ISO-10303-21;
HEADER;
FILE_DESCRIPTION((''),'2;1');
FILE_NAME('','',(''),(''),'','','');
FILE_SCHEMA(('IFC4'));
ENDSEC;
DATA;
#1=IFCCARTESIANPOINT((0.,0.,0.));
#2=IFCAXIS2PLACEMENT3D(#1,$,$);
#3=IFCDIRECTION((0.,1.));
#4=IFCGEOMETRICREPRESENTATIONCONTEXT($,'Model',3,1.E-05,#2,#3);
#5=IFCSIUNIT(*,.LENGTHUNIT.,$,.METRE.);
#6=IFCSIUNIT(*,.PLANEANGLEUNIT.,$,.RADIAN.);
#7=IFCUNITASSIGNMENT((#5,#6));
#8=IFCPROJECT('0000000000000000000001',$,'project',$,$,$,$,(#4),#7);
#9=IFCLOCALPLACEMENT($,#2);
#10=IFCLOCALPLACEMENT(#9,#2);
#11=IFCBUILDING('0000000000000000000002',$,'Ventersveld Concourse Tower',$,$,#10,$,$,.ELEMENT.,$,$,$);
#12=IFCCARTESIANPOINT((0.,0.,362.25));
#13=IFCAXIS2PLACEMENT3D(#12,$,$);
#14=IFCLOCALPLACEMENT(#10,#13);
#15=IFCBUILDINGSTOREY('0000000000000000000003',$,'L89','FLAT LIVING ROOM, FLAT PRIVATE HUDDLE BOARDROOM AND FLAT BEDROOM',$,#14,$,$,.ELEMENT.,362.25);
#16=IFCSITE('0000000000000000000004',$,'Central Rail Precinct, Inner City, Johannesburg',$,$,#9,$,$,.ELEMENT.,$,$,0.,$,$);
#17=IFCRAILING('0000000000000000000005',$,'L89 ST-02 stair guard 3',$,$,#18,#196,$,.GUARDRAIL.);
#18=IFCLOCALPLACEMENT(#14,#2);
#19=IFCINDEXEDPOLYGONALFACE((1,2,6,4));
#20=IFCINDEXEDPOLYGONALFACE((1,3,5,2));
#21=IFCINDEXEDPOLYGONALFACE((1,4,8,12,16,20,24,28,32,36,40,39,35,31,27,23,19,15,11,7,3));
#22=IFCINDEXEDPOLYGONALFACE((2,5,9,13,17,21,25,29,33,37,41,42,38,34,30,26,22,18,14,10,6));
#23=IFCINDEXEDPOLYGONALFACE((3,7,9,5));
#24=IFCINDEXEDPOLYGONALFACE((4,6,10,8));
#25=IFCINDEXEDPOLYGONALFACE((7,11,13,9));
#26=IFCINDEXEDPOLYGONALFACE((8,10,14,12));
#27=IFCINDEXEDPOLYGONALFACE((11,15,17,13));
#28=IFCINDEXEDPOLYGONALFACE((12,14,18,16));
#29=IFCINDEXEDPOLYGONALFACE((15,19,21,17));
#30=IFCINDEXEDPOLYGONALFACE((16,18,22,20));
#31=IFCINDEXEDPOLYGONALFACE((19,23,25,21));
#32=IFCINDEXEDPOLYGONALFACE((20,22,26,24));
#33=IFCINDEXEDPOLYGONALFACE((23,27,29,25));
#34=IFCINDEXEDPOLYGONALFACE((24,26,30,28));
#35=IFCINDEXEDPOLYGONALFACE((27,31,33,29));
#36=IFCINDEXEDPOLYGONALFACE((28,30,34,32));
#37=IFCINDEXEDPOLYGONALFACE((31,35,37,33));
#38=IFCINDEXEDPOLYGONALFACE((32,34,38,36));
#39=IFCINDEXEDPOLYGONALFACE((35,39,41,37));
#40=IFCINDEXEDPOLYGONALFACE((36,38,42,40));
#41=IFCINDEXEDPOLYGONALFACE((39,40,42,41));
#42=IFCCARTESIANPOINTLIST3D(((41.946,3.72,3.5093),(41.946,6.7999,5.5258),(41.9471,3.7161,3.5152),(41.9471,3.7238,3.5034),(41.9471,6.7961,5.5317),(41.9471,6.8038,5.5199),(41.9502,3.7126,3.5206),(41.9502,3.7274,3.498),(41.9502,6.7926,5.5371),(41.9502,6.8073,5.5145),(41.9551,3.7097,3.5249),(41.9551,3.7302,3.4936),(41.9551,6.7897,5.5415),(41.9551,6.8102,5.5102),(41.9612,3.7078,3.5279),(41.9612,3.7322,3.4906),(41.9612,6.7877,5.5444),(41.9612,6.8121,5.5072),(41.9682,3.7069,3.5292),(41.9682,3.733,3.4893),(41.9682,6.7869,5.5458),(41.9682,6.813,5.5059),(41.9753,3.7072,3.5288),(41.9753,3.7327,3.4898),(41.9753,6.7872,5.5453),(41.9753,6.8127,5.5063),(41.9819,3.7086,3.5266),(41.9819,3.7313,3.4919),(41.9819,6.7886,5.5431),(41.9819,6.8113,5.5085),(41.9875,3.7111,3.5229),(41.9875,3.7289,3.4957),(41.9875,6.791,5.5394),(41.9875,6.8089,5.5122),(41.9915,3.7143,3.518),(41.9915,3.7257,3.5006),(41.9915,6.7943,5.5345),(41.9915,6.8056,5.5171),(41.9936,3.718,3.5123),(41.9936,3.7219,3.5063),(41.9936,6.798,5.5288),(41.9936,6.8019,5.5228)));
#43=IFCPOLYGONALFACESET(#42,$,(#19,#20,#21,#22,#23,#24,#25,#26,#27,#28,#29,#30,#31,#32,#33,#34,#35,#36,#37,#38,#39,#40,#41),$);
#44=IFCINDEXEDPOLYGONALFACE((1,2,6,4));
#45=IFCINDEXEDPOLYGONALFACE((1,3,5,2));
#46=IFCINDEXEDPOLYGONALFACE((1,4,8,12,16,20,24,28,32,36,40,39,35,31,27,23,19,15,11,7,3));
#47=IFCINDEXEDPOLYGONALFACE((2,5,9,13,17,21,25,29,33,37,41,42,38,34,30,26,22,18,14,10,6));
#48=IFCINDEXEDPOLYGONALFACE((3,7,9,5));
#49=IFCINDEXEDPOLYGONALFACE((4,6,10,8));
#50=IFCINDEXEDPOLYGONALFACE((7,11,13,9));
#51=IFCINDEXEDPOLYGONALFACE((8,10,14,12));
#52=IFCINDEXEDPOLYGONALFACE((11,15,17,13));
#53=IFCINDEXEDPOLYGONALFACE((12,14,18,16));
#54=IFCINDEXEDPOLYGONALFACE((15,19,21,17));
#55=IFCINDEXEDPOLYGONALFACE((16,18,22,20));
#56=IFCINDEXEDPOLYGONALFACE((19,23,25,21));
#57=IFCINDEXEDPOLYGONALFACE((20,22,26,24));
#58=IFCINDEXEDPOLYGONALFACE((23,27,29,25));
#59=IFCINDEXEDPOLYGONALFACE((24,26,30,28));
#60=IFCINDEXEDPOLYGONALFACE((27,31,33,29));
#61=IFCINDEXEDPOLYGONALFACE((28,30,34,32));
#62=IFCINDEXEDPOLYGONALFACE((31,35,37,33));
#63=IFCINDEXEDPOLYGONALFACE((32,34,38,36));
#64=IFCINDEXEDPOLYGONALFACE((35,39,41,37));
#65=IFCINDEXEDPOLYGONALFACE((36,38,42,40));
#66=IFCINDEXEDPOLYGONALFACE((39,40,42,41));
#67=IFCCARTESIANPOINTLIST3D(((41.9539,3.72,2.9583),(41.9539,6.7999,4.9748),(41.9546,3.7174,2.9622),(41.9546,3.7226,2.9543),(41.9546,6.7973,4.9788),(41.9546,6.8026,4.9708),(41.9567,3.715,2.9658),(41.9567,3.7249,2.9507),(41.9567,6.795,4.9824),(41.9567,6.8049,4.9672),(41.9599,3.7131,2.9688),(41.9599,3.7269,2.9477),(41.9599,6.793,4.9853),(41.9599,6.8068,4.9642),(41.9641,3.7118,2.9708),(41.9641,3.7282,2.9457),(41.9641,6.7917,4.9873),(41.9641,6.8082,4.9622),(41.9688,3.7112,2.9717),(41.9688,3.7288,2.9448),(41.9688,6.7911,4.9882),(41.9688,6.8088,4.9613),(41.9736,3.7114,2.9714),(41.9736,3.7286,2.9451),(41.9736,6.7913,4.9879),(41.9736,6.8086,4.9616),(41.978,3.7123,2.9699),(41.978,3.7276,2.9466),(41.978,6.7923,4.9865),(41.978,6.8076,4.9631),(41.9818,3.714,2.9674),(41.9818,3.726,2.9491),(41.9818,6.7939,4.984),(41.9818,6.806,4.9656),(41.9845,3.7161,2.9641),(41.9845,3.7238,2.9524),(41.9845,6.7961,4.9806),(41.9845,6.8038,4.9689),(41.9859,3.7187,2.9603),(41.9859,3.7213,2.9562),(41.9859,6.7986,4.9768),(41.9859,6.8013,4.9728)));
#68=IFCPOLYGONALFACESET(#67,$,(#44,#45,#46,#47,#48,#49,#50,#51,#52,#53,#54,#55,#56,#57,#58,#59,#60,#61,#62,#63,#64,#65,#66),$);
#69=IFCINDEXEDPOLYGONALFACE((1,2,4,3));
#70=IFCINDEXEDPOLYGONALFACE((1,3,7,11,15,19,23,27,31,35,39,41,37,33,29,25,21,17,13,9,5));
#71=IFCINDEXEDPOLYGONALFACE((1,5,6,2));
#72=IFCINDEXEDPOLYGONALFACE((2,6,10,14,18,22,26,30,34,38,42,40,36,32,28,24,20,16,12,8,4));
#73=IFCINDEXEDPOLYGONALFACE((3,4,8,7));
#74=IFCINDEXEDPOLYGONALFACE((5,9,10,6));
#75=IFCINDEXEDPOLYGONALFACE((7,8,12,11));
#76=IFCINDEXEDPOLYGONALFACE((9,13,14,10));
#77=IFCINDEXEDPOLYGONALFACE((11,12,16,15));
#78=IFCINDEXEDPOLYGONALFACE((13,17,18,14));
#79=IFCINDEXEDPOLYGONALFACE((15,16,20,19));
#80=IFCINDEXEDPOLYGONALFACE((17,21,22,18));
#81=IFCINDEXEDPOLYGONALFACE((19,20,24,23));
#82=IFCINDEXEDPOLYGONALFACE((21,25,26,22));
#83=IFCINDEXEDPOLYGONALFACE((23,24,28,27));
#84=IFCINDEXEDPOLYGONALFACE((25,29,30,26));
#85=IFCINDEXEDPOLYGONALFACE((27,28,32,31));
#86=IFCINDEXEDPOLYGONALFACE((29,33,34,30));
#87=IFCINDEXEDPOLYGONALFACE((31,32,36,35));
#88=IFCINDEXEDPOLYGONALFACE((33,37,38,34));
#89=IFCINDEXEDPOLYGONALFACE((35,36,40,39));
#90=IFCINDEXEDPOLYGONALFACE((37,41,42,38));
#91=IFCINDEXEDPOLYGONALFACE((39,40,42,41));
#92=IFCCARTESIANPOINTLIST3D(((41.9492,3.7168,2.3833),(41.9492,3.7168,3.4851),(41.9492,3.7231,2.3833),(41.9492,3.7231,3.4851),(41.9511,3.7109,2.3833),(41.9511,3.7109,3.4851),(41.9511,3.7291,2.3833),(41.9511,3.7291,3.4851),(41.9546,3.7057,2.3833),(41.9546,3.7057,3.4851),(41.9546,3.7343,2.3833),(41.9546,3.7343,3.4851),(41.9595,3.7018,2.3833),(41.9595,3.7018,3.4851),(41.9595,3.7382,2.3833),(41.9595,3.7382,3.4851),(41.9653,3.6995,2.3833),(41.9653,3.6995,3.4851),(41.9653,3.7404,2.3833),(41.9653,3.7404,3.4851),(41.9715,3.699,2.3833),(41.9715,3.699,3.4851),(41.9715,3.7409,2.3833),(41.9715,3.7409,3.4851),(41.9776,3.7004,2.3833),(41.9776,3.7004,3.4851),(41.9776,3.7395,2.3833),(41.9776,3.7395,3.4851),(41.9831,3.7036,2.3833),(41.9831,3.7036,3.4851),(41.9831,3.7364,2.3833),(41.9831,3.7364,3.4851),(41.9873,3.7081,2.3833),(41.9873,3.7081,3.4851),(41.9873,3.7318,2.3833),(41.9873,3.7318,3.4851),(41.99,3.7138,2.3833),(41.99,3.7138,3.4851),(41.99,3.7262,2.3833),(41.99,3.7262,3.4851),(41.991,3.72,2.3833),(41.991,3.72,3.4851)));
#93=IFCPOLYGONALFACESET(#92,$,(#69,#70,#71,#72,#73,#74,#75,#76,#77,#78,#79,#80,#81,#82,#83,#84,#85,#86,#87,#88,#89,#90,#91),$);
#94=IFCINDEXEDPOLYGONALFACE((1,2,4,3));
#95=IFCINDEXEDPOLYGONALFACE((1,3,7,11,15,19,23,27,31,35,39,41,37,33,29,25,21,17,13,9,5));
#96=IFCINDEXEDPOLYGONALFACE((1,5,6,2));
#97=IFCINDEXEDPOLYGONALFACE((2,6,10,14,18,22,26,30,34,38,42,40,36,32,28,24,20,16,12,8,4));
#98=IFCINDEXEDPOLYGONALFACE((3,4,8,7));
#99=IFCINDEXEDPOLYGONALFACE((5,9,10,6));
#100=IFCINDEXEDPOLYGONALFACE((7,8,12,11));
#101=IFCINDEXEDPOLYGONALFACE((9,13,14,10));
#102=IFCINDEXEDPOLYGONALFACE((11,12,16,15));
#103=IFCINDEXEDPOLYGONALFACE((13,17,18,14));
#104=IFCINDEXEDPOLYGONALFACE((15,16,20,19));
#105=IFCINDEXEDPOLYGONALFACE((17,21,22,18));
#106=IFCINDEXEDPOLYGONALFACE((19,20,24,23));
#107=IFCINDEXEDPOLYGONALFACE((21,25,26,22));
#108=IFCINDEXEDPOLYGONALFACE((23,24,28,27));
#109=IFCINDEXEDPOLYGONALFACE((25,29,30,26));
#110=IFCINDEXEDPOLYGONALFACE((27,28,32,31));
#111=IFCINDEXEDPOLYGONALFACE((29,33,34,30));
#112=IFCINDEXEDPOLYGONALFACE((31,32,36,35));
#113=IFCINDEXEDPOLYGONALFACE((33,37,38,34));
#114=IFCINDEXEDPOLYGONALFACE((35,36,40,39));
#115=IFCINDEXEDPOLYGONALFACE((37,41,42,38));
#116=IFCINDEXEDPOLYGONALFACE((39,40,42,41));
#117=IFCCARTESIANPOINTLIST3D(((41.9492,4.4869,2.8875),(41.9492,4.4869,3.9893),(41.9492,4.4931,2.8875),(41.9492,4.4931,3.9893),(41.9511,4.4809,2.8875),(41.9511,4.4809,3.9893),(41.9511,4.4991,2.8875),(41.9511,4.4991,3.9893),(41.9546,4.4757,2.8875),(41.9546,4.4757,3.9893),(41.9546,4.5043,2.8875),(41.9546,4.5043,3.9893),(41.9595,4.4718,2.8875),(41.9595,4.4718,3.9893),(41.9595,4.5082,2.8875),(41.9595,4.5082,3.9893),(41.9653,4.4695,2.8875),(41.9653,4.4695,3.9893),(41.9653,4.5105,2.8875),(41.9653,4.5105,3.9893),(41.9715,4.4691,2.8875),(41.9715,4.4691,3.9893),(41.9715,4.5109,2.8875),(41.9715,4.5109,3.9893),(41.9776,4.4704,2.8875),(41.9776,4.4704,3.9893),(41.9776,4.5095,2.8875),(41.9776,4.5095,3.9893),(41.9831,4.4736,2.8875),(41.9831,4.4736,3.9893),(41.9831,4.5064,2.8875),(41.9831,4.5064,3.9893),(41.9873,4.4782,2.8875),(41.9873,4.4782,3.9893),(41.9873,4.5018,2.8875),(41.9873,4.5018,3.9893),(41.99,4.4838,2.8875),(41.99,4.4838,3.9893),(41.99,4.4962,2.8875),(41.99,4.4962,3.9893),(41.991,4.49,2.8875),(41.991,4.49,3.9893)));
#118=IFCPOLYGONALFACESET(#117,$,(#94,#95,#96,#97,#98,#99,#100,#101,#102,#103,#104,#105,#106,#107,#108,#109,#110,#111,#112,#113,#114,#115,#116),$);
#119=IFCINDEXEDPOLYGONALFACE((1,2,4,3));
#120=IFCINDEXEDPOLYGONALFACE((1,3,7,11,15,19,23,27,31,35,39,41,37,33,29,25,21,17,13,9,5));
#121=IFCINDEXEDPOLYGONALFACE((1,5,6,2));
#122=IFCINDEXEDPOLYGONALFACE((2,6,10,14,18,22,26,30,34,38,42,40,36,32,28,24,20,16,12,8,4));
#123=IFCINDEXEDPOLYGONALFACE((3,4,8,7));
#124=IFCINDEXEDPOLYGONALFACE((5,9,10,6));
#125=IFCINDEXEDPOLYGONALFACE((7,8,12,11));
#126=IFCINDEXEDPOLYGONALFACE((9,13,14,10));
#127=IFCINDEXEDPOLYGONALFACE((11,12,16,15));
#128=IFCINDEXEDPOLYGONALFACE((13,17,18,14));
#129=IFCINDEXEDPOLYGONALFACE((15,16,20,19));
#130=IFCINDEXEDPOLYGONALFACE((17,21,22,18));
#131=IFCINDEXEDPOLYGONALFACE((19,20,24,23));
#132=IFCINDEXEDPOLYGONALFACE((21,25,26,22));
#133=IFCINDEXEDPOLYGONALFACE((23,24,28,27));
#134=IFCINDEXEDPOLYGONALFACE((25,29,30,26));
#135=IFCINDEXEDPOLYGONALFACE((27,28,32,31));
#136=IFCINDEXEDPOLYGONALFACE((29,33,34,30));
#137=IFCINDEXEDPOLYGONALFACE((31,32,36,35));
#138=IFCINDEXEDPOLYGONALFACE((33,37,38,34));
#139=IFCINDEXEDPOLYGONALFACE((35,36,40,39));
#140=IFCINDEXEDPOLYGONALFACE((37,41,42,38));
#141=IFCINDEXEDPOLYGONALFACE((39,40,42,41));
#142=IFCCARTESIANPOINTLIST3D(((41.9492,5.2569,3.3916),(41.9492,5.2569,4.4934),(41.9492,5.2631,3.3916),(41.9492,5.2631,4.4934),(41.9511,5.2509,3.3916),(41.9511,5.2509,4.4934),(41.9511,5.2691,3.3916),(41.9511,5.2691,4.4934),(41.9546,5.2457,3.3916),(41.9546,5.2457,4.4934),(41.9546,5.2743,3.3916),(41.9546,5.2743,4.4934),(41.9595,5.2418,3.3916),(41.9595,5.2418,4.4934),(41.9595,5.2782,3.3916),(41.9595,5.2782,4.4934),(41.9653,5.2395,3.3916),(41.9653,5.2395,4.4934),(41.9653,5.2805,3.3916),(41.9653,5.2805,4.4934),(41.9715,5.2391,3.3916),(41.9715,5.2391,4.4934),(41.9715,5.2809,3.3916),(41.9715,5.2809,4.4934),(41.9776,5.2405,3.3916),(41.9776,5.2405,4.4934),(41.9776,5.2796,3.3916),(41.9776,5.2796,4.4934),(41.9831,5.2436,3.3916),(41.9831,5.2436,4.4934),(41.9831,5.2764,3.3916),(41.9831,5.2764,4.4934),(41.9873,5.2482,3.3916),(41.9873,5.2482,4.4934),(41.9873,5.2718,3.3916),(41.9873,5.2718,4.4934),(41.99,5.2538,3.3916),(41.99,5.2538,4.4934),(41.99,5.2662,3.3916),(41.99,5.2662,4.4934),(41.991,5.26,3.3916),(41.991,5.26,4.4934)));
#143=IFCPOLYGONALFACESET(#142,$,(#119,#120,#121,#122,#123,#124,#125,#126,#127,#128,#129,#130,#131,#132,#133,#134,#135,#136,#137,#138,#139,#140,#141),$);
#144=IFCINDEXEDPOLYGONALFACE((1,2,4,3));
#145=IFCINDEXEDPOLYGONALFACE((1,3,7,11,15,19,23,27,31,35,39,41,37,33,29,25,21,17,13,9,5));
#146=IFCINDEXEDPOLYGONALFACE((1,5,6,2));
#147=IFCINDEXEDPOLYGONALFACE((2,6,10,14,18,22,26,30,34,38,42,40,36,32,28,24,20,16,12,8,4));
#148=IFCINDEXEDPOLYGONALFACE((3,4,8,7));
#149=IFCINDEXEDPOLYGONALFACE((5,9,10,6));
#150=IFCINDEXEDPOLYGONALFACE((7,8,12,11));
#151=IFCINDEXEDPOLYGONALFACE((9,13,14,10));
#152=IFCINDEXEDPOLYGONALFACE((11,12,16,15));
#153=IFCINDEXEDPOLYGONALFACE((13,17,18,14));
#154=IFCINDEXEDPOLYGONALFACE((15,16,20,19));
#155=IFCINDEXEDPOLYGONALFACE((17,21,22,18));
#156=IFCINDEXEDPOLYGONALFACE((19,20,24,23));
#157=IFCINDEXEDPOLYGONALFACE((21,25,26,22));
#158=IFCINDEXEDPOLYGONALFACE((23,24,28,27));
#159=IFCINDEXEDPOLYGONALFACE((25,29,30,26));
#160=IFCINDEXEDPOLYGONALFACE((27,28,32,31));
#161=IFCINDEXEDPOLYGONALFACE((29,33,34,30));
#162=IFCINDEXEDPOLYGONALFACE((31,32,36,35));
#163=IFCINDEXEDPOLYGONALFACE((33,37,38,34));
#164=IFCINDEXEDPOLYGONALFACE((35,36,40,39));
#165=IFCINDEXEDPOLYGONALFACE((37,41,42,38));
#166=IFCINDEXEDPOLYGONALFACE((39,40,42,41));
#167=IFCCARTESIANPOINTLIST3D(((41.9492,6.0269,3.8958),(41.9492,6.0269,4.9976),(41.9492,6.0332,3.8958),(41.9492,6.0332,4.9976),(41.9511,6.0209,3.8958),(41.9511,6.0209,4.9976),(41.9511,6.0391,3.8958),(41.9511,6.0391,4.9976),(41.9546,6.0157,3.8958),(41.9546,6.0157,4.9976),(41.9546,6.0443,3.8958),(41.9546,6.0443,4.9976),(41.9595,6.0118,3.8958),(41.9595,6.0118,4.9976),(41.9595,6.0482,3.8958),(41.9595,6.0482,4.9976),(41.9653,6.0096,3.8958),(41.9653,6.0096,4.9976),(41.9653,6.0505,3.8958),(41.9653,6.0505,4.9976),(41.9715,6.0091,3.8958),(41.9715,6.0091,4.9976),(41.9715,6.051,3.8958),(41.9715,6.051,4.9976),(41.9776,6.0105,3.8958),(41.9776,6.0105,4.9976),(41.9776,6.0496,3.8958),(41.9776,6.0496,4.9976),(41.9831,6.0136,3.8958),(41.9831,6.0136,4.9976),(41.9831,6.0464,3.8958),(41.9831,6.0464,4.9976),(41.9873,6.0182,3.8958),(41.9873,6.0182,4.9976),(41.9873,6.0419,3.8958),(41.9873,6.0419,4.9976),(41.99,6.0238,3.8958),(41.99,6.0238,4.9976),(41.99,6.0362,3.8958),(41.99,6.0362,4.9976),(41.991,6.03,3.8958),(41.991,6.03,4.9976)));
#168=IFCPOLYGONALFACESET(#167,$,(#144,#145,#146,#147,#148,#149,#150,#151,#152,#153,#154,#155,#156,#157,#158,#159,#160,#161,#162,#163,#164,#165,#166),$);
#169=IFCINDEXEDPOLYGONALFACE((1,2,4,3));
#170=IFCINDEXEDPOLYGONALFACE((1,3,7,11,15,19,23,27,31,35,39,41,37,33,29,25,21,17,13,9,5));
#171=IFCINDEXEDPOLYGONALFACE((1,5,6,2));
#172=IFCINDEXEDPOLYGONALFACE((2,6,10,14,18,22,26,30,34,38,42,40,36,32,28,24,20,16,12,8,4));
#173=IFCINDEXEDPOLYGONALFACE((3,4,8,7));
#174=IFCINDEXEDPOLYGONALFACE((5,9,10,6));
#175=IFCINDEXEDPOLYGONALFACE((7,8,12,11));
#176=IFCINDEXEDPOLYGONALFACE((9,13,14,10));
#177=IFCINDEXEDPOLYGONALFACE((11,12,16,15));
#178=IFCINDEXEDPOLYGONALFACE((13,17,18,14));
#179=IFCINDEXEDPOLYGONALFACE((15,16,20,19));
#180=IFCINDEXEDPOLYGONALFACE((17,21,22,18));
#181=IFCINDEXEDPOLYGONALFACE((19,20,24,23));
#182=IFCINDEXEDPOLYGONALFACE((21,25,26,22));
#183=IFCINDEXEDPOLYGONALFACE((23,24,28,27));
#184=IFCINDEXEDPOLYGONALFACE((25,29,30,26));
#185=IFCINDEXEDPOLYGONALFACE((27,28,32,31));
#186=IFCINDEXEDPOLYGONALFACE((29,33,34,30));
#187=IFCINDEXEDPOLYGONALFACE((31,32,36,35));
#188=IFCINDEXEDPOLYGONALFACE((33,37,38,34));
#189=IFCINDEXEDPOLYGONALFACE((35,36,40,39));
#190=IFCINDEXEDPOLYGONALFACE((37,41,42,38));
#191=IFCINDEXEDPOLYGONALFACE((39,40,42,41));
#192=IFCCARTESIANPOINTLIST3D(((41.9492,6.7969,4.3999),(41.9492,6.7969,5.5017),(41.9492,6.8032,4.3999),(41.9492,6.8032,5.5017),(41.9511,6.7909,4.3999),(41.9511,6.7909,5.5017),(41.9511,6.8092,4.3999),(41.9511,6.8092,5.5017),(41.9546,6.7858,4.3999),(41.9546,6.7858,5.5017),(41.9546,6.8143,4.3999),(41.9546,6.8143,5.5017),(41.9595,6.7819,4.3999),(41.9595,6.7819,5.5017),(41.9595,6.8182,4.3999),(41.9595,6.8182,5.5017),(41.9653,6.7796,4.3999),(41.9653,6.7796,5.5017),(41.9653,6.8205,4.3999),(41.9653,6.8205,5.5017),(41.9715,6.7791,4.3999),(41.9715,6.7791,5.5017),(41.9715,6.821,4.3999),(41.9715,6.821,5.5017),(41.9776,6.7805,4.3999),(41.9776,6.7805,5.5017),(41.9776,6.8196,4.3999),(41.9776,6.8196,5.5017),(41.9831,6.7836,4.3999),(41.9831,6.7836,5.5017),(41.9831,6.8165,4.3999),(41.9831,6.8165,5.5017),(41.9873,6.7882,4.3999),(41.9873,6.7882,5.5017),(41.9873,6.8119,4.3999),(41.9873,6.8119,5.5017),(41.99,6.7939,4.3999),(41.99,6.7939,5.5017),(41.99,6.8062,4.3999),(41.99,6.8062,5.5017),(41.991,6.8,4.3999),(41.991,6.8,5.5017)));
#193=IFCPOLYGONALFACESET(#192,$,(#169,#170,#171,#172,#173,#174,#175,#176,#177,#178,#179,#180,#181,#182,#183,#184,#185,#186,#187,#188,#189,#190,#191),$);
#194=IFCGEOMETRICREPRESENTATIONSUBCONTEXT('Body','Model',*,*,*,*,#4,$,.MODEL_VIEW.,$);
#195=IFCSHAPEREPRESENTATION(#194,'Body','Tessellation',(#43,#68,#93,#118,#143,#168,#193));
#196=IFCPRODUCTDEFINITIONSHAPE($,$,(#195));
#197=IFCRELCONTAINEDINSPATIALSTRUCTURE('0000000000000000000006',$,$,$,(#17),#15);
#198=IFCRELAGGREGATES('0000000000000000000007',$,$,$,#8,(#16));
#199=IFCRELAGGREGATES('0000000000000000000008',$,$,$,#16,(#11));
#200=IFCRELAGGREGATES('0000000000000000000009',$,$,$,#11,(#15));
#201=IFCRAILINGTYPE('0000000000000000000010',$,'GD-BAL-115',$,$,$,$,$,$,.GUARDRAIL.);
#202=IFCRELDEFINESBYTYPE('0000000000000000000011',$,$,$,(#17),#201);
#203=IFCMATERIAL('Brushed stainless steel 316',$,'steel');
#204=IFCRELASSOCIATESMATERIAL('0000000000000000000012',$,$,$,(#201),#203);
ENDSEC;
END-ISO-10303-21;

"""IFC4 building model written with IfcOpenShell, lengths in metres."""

from ifc_helpers import new_model, si_unit, direction, frame, origin, origin_2d, place, context, subcontext, project, spatial, circle, extrude, material, type_object, element, save


model = new_model("IFC4")

# Units and contexts
model_context = context("Model", 3, precision=1e-05, world=origin(), true_north=direction((0.0, 1.0)))
body_context = subcontext(model_context, "Body", "Model", "MODEL_VIEW")
ifc_project = project(units=[si_unit("LENGTHUNIT", "METRE"), si_unit("PLANEANGLEUNIT", "RADIAN")], contexts=[model_context])

# Site, building, storey
site_placement = place(None, origin())
site = spatial("IfcSite", under=ifc_project, at=site_placement, Name="Central Rail Precinct, Inner City, Johannesburg", CompositionType="ELEMENT", RefElevation=0.0)
building_placement = place(site_placement, origin())
building = spatial("IfcBuilding", under=site, at=building_placement, Name="Ventersveld Concourse Tower", CompositionType="ELEMENT")
storey_placement = place(building_placement, frame((0.0, 0.0, 362.25)))
storey = spatial("IfcBuildingStorey", under=building, at=storey_placement, Name="L89", Description="FLAT LIVING ROOM, FLAT PRIVATE HUDDLE BOARDROOM AND FLAT BEDROOM", CompositionType="ELEMENT", Elevation=362.25)

# Railing
ifc_material_1 = material(Name="Brushed stainless steel 316", Category="steel")
railing_type = type_object("IfcRailingType", Name="GD-BAL-115", PredefinedType="GUARDRAIL", material=ifc_material_1)
railing_1_placement = place(storey_placement, frame((41.97, 3.72, 2.3833)))
element("IfcRailing", 1, at=railing_1_placement, inside=storey, type_object=railing_type, Name="L89 ST-02 stair guard 3", PredefinedType="GUARDRAIL", context=body_context, shape_type="SweptSolid", body=[
    extrude(circle(Radius=0.0239, at=origin_2d()), frame((0.0, 0.0, 1.126), z_axis=(0.0, 0.836633, 0.547764), x_axis=(-1.0, 0.0, 0.0)), (0.0, 0.0, 1.0), 3.6814),
    extrude(circle(Radius=0.0161, at=origin_2d()), frame((0.0, 0.0, 0.575), z_axis=(0.0, 0.836633, 0.547764), x_axis=(-1.0, 0.0, 0.0)), (0.0, 0.0, 1.0), 3.6814),
    extrude(circle(Radius=0.021, at=origin_2d()), origin(), (0.0, 0.0, 1.0), 1.1018),
    extrude(circle(Radius=0.021, at=origin_2d()), frame((0.0, 0.77, 0.5042)), (0.0, 0.0, 1.0), 1.1018),
    extrude(circle(Radius=0.021, at=origin_2d()), frame((0.0, 1.54, 1.0083)), (0.0, 0.0, 1.0), 1.1018),
    extrude(circle(Radius=0.021, at=origin_2d()), frame((0.0, 2.3101, 1.5125)), (0.0, 0.0, 1.0), 1.1018),
    extrude(circle(Radius=0.021, at=origin_2d()), frame((0.0, 3.0801, 2.0166)), (0.0, 0.0, 1.0), 1.1018),
])

save(model, "model.ifc")
